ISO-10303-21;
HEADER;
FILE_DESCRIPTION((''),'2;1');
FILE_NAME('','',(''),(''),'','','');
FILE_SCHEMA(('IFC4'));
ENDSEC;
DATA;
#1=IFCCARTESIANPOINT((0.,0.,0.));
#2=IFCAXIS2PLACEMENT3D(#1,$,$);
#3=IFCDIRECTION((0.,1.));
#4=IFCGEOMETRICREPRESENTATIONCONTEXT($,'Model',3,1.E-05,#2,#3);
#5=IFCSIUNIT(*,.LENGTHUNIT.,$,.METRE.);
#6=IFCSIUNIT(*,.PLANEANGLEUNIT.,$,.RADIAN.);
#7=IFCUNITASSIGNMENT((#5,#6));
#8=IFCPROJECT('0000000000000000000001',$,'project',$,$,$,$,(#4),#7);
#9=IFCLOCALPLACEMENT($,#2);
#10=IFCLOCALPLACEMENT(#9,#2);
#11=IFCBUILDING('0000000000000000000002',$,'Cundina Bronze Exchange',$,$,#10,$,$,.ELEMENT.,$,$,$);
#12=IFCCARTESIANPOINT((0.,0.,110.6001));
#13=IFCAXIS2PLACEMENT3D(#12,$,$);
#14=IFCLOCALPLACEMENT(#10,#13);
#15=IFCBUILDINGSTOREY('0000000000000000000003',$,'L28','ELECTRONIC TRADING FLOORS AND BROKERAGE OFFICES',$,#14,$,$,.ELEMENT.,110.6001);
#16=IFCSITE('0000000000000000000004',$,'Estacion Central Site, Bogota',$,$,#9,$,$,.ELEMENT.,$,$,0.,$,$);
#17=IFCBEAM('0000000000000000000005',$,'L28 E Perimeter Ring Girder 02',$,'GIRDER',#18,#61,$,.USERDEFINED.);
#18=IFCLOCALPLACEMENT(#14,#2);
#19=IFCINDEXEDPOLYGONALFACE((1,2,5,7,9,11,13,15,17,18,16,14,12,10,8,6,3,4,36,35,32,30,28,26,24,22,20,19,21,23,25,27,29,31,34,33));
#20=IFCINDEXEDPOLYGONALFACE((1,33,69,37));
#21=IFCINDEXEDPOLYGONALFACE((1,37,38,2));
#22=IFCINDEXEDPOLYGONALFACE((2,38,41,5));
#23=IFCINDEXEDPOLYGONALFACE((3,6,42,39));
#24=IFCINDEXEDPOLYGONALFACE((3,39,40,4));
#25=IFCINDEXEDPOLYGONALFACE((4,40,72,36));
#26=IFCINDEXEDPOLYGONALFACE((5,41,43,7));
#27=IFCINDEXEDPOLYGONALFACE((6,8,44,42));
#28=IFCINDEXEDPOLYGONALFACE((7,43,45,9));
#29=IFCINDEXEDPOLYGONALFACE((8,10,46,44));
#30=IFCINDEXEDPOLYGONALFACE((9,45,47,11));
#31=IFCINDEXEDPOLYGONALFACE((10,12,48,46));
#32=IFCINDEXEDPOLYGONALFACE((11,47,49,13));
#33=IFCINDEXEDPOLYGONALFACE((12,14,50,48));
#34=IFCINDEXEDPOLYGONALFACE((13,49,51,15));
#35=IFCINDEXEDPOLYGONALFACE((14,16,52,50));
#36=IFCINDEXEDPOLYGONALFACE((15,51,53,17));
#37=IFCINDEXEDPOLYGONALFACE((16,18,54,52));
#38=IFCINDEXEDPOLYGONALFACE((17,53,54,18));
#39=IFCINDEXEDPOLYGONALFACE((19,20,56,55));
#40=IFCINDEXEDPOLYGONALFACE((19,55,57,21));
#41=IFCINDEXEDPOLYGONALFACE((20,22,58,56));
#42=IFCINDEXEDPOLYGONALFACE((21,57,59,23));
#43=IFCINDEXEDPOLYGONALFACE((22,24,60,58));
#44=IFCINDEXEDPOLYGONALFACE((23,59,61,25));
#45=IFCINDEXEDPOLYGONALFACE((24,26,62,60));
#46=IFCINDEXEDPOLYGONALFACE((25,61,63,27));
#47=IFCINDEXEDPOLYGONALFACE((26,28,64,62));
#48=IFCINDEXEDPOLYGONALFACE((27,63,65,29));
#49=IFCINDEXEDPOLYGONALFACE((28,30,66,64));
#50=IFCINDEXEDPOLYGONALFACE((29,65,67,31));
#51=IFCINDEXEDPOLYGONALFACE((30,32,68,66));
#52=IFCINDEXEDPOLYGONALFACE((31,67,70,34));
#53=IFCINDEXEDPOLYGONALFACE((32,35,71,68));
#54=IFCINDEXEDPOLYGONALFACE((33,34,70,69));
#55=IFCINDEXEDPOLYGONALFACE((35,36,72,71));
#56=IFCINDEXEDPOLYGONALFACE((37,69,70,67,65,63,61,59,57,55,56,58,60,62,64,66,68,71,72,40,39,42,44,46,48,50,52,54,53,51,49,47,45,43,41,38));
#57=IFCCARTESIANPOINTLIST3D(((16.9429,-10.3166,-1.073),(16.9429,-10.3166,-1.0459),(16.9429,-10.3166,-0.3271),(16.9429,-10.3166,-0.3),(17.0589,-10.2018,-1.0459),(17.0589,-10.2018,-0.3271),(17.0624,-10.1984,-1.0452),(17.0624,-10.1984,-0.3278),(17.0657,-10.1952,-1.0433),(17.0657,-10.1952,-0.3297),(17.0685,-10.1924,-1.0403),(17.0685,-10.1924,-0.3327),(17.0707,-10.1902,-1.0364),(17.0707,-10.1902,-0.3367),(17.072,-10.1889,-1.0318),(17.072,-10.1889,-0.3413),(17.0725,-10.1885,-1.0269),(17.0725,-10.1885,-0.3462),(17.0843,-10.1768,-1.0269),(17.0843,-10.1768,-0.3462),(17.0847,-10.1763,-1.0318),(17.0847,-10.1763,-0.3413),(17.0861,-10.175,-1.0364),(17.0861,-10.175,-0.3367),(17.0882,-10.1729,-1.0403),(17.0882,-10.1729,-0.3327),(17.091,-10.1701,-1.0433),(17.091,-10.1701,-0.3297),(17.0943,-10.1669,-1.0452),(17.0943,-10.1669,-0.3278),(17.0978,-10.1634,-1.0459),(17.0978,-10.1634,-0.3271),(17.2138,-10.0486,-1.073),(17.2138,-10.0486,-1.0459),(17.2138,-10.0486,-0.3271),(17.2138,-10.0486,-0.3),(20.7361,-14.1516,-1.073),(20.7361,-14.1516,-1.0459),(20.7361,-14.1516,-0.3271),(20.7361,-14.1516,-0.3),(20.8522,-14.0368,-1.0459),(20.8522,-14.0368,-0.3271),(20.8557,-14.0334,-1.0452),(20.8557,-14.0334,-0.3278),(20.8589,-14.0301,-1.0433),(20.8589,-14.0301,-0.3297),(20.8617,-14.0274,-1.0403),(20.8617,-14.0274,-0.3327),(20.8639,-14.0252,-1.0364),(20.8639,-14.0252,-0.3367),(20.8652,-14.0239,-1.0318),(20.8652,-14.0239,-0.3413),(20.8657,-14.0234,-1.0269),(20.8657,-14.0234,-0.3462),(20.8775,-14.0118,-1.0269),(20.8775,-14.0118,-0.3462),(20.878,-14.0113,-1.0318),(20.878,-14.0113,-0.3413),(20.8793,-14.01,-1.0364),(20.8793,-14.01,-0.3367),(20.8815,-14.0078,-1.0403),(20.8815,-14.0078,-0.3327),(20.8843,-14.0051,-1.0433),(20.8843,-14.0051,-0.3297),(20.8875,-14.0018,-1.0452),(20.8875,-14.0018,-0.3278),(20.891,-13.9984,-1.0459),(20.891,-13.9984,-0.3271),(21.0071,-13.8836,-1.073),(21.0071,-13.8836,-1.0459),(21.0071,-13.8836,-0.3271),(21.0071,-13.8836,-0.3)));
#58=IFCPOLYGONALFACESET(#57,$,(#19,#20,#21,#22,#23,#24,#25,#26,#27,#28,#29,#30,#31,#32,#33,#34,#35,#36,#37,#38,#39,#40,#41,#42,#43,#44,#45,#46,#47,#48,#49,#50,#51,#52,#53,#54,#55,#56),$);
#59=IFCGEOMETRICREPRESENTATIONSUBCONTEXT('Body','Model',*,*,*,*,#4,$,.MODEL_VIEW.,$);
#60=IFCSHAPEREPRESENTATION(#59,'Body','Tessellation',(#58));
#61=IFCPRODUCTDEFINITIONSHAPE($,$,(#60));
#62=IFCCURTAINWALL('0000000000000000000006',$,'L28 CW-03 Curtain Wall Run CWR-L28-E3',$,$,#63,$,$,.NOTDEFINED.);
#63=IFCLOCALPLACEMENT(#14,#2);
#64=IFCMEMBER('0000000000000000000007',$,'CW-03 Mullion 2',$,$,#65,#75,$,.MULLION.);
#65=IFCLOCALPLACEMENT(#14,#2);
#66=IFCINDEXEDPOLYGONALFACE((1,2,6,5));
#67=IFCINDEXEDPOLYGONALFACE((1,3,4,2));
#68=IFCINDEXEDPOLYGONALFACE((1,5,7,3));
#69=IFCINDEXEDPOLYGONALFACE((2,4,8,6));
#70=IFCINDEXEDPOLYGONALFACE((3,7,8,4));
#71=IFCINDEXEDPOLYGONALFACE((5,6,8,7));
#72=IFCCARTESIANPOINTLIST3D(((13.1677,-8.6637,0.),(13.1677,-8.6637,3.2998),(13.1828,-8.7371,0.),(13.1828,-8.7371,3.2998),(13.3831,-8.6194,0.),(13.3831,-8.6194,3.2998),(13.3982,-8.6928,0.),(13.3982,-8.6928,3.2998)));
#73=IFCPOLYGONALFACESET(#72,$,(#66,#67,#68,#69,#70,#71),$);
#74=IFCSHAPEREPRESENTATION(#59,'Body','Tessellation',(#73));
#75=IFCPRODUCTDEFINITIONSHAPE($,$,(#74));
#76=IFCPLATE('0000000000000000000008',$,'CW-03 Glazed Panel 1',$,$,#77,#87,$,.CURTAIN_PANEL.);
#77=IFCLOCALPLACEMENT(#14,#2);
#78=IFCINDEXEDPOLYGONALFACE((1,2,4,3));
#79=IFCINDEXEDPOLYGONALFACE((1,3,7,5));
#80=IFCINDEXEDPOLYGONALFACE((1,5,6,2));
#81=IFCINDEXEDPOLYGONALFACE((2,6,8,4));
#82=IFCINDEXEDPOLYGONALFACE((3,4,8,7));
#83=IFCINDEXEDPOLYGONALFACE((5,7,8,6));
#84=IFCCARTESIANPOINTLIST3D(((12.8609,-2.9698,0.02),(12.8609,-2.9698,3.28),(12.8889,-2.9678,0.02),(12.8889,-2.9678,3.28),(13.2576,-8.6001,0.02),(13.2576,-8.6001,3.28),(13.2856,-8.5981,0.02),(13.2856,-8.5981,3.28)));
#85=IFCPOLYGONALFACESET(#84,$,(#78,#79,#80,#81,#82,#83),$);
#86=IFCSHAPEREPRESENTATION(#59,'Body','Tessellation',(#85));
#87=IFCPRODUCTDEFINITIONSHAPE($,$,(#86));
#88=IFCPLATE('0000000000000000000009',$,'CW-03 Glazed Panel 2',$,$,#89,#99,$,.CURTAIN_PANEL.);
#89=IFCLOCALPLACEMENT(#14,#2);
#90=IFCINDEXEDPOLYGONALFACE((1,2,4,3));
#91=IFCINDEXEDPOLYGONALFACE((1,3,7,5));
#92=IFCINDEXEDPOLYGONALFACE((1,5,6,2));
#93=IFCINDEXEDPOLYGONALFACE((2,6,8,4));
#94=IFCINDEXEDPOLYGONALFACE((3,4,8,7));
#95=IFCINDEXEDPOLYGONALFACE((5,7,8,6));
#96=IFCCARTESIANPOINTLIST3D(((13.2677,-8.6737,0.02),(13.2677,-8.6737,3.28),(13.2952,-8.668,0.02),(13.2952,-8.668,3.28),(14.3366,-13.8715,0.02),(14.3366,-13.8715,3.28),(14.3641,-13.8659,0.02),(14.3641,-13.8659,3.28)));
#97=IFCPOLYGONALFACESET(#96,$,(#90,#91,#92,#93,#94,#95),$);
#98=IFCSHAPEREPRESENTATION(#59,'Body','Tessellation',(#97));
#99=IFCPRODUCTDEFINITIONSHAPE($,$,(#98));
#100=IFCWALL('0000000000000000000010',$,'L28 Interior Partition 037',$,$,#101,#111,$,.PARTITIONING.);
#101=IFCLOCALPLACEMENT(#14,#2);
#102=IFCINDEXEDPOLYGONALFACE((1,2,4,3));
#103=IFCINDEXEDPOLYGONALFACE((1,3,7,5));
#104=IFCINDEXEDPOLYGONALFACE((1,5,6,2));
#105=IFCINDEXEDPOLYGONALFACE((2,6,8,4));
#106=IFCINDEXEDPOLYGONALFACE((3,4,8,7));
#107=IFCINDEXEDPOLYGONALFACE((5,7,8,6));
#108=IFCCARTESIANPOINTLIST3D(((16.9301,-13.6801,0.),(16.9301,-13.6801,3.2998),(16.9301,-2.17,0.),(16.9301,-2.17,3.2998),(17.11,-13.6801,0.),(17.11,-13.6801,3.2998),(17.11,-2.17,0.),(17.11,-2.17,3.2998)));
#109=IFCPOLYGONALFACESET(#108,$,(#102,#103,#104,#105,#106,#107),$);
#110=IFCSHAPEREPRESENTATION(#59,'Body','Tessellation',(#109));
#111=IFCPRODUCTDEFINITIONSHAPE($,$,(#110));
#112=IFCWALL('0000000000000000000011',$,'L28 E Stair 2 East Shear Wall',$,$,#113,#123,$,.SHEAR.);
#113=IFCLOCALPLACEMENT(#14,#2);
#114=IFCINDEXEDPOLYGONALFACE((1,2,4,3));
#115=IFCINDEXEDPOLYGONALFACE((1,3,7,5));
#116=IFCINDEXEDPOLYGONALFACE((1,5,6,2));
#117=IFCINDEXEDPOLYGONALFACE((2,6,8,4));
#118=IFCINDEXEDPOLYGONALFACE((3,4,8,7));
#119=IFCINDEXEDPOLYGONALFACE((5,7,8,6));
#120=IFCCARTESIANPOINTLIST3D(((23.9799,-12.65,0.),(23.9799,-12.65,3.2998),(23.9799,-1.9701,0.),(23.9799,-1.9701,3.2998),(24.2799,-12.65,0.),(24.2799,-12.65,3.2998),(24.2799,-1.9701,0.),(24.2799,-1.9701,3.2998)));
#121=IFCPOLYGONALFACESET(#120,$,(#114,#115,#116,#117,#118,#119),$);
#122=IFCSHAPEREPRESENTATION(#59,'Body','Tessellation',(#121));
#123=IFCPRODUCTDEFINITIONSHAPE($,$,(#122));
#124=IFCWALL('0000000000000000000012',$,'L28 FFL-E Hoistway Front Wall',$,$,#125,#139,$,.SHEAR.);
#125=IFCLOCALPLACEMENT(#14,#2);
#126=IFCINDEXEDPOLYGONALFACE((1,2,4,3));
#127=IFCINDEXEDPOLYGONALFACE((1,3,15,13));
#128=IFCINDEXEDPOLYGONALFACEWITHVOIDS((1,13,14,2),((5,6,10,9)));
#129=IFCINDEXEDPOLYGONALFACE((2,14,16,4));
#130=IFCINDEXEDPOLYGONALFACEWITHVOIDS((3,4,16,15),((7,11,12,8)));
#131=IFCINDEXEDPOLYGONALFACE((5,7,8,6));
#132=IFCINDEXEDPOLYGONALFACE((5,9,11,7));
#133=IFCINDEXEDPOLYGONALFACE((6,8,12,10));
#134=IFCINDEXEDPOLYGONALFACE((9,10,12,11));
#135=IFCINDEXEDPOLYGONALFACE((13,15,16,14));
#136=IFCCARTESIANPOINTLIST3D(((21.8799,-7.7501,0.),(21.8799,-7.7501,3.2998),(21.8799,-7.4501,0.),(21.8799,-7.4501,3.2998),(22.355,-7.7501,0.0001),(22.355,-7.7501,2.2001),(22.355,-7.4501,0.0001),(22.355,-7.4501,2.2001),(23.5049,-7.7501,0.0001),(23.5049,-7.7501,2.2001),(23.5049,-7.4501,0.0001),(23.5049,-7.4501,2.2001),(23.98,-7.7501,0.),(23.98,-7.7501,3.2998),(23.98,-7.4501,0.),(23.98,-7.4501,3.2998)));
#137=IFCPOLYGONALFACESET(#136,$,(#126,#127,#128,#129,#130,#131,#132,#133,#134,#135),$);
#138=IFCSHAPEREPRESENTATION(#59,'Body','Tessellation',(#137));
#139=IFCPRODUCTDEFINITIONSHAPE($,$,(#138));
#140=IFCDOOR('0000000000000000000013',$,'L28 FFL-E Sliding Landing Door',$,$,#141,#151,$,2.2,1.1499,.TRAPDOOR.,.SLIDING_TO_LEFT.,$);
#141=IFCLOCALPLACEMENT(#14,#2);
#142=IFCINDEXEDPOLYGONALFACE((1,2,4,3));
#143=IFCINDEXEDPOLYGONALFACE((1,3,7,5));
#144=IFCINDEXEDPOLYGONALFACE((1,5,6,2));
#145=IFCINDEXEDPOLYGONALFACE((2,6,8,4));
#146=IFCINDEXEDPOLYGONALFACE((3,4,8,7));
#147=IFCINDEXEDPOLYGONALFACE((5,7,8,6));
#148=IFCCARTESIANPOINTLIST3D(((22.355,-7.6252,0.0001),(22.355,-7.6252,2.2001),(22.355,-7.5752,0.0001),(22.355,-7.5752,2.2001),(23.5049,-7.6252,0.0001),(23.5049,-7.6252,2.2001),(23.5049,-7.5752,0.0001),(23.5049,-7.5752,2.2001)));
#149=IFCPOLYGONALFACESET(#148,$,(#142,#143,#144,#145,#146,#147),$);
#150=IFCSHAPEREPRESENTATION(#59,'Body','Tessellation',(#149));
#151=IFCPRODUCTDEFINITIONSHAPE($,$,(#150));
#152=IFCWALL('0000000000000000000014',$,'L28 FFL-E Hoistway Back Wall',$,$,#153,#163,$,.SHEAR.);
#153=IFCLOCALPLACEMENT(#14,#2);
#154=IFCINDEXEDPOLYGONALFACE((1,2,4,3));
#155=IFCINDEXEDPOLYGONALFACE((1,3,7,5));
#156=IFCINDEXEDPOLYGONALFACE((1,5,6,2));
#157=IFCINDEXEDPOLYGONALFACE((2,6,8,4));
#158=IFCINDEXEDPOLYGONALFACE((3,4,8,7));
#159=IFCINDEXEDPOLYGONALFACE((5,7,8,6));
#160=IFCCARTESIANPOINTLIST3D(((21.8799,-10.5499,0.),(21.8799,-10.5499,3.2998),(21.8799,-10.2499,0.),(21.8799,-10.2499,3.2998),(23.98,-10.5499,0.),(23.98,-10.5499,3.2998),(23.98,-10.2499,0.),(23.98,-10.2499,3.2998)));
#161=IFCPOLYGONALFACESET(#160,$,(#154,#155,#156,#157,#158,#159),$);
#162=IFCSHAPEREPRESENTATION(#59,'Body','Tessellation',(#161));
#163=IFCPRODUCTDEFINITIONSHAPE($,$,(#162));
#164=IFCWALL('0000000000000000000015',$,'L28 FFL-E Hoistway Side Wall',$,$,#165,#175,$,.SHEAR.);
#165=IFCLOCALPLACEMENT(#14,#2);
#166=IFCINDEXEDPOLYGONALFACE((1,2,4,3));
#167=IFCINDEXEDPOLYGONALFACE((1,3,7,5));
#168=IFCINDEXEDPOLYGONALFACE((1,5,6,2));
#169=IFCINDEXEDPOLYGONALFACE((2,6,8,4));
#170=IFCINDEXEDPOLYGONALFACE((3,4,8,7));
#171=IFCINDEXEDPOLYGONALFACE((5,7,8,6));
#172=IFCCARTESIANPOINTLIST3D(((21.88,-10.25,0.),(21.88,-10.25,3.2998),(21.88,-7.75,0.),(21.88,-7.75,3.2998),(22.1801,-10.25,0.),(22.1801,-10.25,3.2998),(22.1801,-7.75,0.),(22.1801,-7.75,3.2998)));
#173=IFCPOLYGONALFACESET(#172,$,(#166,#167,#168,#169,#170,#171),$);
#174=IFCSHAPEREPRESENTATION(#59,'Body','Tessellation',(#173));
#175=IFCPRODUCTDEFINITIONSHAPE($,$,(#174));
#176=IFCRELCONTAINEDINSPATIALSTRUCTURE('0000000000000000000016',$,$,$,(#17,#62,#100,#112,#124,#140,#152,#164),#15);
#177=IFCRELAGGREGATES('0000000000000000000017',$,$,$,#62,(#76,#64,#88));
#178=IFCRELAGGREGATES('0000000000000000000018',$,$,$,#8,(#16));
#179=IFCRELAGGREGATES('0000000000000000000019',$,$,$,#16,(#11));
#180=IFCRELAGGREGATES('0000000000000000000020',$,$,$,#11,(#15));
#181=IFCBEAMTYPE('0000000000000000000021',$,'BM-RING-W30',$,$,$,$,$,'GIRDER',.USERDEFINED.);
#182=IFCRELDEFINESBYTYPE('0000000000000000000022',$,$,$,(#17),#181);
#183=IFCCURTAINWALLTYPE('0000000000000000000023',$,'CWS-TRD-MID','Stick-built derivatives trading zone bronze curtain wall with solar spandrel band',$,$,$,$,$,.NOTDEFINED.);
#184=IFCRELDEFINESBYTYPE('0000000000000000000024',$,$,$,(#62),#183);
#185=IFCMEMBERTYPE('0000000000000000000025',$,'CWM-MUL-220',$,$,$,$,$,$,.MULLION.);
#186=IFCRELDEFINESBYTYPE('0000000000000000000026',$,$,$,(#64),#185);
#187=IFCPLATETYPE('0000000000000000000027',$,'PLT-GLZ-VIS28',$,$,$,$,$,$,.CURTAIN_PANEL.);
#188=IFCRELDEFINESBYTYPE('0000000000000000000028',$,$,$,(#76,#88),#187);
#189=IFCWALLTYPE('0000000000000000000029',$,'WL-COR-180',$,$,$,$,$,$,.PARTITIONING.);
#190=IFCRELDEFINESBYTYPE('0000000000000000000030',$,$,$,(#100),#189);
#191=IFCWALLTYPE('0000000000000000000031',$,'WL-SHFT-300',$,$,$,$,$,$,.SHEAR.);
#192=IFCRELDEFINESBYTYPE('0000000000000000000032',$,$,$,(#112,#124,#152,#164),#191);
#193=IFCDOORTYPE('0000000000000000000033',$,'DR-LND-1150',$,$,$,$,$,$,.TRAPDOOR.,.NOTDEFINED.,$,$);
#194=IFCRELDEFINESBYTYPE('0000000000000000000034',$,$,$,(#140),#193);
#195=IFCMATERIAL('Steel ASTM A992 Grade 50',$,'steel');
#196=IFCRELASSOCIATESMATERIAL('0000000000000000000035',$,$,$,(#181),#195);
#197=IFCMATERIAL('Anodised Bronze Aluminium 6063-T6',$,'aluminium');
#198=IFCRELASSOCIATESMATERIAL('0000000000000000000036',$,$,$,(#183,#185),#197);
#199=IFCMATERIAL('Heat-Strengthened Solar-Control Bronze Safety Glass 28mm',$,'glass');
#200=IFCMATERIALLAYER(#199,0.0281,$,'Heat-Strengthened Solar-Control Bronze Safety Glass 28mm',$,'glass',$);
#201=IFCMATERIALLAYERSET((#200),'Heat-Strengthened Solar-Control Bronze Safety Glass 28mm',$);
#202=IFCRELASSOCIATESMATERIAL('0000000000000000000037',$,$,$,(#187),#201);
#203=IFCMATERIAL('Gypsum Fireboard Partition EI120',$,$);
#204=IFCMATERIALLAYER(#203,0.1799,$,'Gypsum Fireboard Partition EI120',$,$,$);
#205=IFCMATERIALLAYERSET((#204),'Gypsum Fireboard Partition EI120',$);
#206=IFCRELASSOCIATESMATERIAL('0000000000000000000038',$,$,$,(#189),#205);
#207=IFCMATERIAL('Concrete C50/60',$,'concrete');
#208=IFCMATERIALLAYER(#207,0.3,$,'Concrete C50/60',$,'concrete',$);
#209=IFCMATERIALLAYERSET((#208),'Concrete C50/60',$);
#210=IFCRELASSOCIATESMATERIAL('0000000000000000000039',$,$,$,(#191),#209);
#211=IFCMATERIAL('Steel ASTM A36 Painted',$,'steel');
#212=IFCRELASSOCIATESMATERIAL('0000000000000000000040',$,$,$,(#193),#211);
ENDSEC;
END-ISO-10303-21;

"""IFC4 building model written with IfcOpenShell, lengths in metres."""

from ifc_helpers import new_model, si_unit, direction, frame, frame_2d, origin, origin_2d, place, context, subcontext, project, spatial, rectangle, i_section, extrude, material, layer, layer_set, material_profile, profile_set, type_object, element, fill, aggregate, save


model = new_model("IFC4")

# Units and contexts
model_context = context("Model", 3, precision=1e-05, world=origin(), true_north=direction((0.0, 1.0)))
body_context = subcontext(model_context, "Body", "Model", "MODEL_VIEW")
ifc_project = project(units=[si_unit("LENGTHUNIT", "METRE"), si_unit("PLANEANGLEUNIT", "RADIAN")], contexts=[model_context])

# Site, building, storey
site_placement = place(None, origin())
site = spatial("IfcSite", under=ifc_project, at=site_placement, Name="Estacion Central Site, Bogota", CompositionType="ELEMENT", RefElevation=0.0)
building_placement = place(site_placement, origin())
building = spatial("IfcBuilding", under=site, at=building_placement, Name="Cundina Bronze Exchange", CompositionType="ELEMENT")
storey_placement = place(building_placement, frame((0.0, 0.0, 110.6001)))
storey = spatial("IfcBuildingStorey", under=building, at=storey_placement, Name="L28", Description="ELECTRONIC TRADING FLOORS AND BROKERAGE OFFICES", CompositionType="ELEMENT", Elevation=110.6001)

# Beam
ifc_material_1 = material(Name="Steel ASTM A992 Grade 50", Category="steel")
ifc_material_profile_1 = material_profile(ifc_material_1, i_section(OverallWidth=0.3811, OverallDepth=0.7729, WebThickness=0.0166, FlangeThickness=0.0271, FilletRadius=0.019, at=origin_2d()), Name="W30X173", Category="steel")
ifc_profile_set_1 = profile_set([ifc_material_profile_1], Name="Steel ASTM A992 Grade 50")
beam_type_1 = type_object("IfcBeamType", Name="BM-RING-W30", ElementType="GIRDER", PredefinedType="USERDEFINED", material=ifc_profile_set_1)
beam_1_placement = place(storey_placement, frame((17.0784, -10.1826, -0.6865), z_axis=(0.703226, -0.710966, 0.0), x_axis=(0.710966, 0.703226, 0.0)))
element("IfcBeam", 1, at=beam_1_placement, inside=storey, type_object=beam_type_1, Name="L28 E Perimeter Ring Girder 02", ObjectType="GIRDER", PredefinedType="USERDEFINED", context=body_context, shape_type="SweptSolid", body=[
    extrude(i_section(OverallWidth=0.3811, OverallDepth=0.7729, WebThickness=0.0166, FlangeThickness=0.0271, FilletRadius=0.019, at=origin_2d()), origin(), (0.0, 0.0, 1.0), 5.394),
])

# Curtain wall, member, plates
ifc_material_2 = material(Name="Anodised Bronze Aluminium 6063-T6", Category="aluminium")
curtain_wall_type = type_object("IfcCurtainWallType", Name="CWS-TRD-MID", Description="Stick-built derivatives trading zone bronze curtain wall with solar spandrel band", PredefinedType="NOTDEFINED", material=ifc_material_2)
curtain_wall_placement = place(storey_placement, origin())
curtain_wall = element("IfcCurtainWall", 2, at=curtain_wall_placement, inside=storey, type_object=curtain_wall_type, Name="L28 CW-03 Curtain Wall Run CWR-L28-E3", PredefinedType="NOTDEFINED")
ifc_material_profile_2 = material_profile(ifc_material_2, rectangle(XDim=0.075, YDim=0.22, at=origin_2d()), Name="AL75X220", Category="aluminium")
ifc_profile_set_2 = profile_set([ifc_material_profile_2], Name="Anodised Bronze Aluminium 6063-T6")
member_type = type_object("IfcMemberType", Name="CWM-MUL-220", PredefinedType="MULLION", material=ifc_profile_set_2)
member_placement = place(storey_placement, frame((13.283, -8.6782, 0.0), z_axis=(0.0, 0.0, 1.0), x_axis=(0.20142, -0.979505, 0.0)))
member = element("IfcMember", 3, at=member_placement, type_object=member_type, Name="CW-03 Mullion 2", PredefinedType="MULLION", context=body_context, shape_type="SweptSolid", body=[
    extrude(rectangle(XDim=0.075, YDim=0.22, at=origin_2d()), origin(), (0.0, 0.0, 1.0), 3.2998),
])
ifc_material_3 = material(Name="Heat-Strengthened Solar-Control Bronze Safety Glass 28mm", Category="glass")
ifc_layer_1 = layer(ifc_material_3, 0.0281, Name="Heat-Strengthened Solar-Control Bronze Safety Glass 28mm", Category="glass")
ifc_layer_set_1 = layer_set([ifc_layer_1], Name="Heat-Strengthened Solar-Control Bronze Safety Glass 28mm")
plate_type = type_object("IfcPlateType", Name="PLT-GLZ-VIS28", PredefinedType="CURTAIN_PANEL", material=ifc_layer_set_1)
plate_1_placement = place(storey_placement, frame((13.0732, -5.7839, 0.02), z_axis=(0.0, 0.0, 1.0), x_axis=(0.070279, -0.997527, 0.0)))
plate_1 = element("IfcPlate", 4, at=plate_1_placement, type_object=plate_type, Name="CW-03 Glazed Panel 1", PredefinedType="CURTAIN_PANEL", context=body_context, shape_type="SweptSolid", body=[
    extrude(rectangle(XDim=5.6443, YDim=0.0281, at=origin_2d()), origin(), (0.0, 0.0, 1.0), 3.26),
])
plate_2_placement = place(storey_placement, frame((13.8159, -11.2698, 0.02), z_axis=(0.0, 0.0, 1.0), x_axis=(0.20142, -0.979505, 0.0)))
plate_2 = element("IfcPlate", 5, at=plate_2_placement, type_object=plate_type, Name="CW-03 Glazed Panel 2", PredefinedType="CURTAIN_PANEL", context=body_context, shape_type="SweptSolid", body=[
    extrude(rectangle(XDim=5.3066, YDim=0.0281, at=origin_2d()), origin(), (0.0, 0.0, 1.0), 3.26),
])
aggregate(curtain_wall, [plate_1, member, plate_2])

# Walls
ifc_material_4 = material(Name="Gypsum Fireboard Partition EI120")
ifc_layer_2 = layer(ifc_material_4, 0.1799, Name="Gypsum Fireboard Partition EI120")
ifc_layer_set_2 = layer_set([ifc_layer_2], Name="Gypsum Fireboard Partition EI120")
wall_type_1 = type_object("IfcWallType", Name="WL-COR-180", PredefinedType="PARTITIONING", material=ifc_layer_set_2)
wall_1_placement = place(storey_placement, frame((17.02, -13.6799, 0.0), z_axis=(0.0, 0.0, 1.0), x_axis=(0.0, 1.0, 0.0)))
element("IfcWall", 6, at=wall_1_placement, inside=storey, type_object=wall_type_1, Name="L28 Interior Partition 037", PredefinedType="PARTITIONING", context=body_context, shape_type="SweptSolid", body=[
    extrude(rectangle(XDim=11.51, YDim=0.1799, at=frame_2d((5.7549, 0.0))), origin(), (0.0, 0.0, 1.0), 3.2998),
])
ifc_material_5 = material(Name="Concrete C50/60", Category="concrete")
ifc_layer_3 = layer(ifc_material_5, 0.3, Name="Concrete C50/60", Category="concrete")
ifc_layer_set_3 = layer_set([ifc_layer_3], Name="Concrete C50/60")
wall_type_2 = type_object("IfcWallType", Name="WL-SHFT-300", PredefinedType="SHEAR", material=ifc_layer_set_3)
wall_2_placement = place(storey_placement, frame((24.1299, -12.6499, 0.0), z_axis=(0.0, 0.0, 1.0), x_axis=(0.0, 1.0, 0.0)))
element("IfcWall", 7, at=wall_2_placement, inside=storey, type_object=wall_type_2, Name="L28 E Stair 2 East Shear Wall", PredefinedType="SHEAR", context=body_context, shape_type="SweptSolid", body=[
    extrude(rectangle(XDim=10.6799, YDim=0.3, at=frame_2d((5.3398, 0.0))), origin(), (0.0, 0.0, 1.0), 3.2998),
])

# Wall, opening, door
ifc_material_6 = material(Name="Steel ASTM A36 Painted", Category="steel")
wall_3_placement = place(storey_placement, frame((21.8799, -7.6001, 0.0), z_axis=(0.0, 0.0, 1.0), x_axis=(1.0, 0.0, 0.0)))
wall_3 = element("IfcWall", 8, at=wall_3_placement, inside=storey, type_object=wall_type_2, Name="L28 FFL-E Hoistway Front Wall", PredefinedType="SHEAR", context=body_context, shape_type="SweptSolid", body=[
    extrude(rectangle(XDim=2.1001, YDim=0.3, at=frame_2d((1.05, 0.0))), origin(), (0.0, 0.0, 1.0), 3.2998),
])
opening_1_placement = place(wall_3_placement, frame((0.4751, 0.0, 0.0)))
opening_1 = element("IfcOpeningElement", 9, at=opening_1_placement, cuts=wall_3, PredefinedType="OPENING", context=body_context, shape_type="SweptSolid", body=[
    extrude(rectangle(XDim=1.1499, YDim=2.2, at=frame_2d((0.575, 1.1001))), frame((0.0, 0.1599, 0.0), z_axis=(0.0, -1.0, 0.0), x_axis=(1.0, 0.0, 0.0)), (0.0, 0.0, 1.0), 0.3201),
])
door_type_1 = type_object("IfcDoorType", Name="DR-LND-1150", OperationType="NOTDEFINED", PredefinedType="TRAPDOOR", material=ifc_material_6)
door_1_placement = place(opening_1_placement, origin())
door_1 = element("IfcDoor", 10, at=door_1_placement, inside=storey, type_object=door_type_1, Name="L28 FFL-E Sliding Landing Door", OperationType="SLIDING_TO_LEFT", OverallHeight=2.2, OverallWidth=1.1499, PredefinedType="TRAPDOOR", context=body_context, shape_type="SweptSolid", body=[
    extrude(rectangle(XDim=1.1499, YDim=2.2, at=frame_2d((0.575, 1.1001))), frame((0.0, 0.0249, 0.0), z_axis=(0.0, -1.0, 0.0), x_axis=(1.0, 0.0, 0.0)), (0.0, 0.0, 1.0), 0.05),
])
fill(opening_1, door_1)

# Walls
wall_4_placement = place(storey_placement, frame((21.8799, -10.3999, 0.0), z_axis=(0.0, 0.0, 1.0), x_axis=(1.0, 0.0, 0.0)))
element("IfcWall", 11, at=wall_4_placement, inside=storey, type_object=wall_type_2, Name="L28 FFL-E Hoistway Back Wall", PredefinedType="SHEAR", context=body_context, shape_type="SweptSolid", body=[
    extrude(rectangle(XDim=2.1001, YDim=0.3, at=frame_2d((1.05, 0.0))), origin(), (0.0, 0.0, 1.0), 3.2998),
])
wall_5_placement = place(storey_placement, frame((22.03, -10.25, 0.0), z_axis=(0.0, 0.0, 1.0), x_axis=(0.0, 1.0, 0.0)))
element("IfcWall", 12, at=wall_5_placement, inside=storey, type_object=wall_type_2, Name="L28 FFL-E Hoistway Side Wall", PredefinedType="SHEAR", context=body_context, shape_type="SweptSolid", body=[
    extrude(rectangle(XDim=2.5, YDim=0.3, at=frame_2d((1.25, 0.0))), origin(), (0.0, 0.0, 1.0), 3.2998),
])

save(model, "model.ifc")
